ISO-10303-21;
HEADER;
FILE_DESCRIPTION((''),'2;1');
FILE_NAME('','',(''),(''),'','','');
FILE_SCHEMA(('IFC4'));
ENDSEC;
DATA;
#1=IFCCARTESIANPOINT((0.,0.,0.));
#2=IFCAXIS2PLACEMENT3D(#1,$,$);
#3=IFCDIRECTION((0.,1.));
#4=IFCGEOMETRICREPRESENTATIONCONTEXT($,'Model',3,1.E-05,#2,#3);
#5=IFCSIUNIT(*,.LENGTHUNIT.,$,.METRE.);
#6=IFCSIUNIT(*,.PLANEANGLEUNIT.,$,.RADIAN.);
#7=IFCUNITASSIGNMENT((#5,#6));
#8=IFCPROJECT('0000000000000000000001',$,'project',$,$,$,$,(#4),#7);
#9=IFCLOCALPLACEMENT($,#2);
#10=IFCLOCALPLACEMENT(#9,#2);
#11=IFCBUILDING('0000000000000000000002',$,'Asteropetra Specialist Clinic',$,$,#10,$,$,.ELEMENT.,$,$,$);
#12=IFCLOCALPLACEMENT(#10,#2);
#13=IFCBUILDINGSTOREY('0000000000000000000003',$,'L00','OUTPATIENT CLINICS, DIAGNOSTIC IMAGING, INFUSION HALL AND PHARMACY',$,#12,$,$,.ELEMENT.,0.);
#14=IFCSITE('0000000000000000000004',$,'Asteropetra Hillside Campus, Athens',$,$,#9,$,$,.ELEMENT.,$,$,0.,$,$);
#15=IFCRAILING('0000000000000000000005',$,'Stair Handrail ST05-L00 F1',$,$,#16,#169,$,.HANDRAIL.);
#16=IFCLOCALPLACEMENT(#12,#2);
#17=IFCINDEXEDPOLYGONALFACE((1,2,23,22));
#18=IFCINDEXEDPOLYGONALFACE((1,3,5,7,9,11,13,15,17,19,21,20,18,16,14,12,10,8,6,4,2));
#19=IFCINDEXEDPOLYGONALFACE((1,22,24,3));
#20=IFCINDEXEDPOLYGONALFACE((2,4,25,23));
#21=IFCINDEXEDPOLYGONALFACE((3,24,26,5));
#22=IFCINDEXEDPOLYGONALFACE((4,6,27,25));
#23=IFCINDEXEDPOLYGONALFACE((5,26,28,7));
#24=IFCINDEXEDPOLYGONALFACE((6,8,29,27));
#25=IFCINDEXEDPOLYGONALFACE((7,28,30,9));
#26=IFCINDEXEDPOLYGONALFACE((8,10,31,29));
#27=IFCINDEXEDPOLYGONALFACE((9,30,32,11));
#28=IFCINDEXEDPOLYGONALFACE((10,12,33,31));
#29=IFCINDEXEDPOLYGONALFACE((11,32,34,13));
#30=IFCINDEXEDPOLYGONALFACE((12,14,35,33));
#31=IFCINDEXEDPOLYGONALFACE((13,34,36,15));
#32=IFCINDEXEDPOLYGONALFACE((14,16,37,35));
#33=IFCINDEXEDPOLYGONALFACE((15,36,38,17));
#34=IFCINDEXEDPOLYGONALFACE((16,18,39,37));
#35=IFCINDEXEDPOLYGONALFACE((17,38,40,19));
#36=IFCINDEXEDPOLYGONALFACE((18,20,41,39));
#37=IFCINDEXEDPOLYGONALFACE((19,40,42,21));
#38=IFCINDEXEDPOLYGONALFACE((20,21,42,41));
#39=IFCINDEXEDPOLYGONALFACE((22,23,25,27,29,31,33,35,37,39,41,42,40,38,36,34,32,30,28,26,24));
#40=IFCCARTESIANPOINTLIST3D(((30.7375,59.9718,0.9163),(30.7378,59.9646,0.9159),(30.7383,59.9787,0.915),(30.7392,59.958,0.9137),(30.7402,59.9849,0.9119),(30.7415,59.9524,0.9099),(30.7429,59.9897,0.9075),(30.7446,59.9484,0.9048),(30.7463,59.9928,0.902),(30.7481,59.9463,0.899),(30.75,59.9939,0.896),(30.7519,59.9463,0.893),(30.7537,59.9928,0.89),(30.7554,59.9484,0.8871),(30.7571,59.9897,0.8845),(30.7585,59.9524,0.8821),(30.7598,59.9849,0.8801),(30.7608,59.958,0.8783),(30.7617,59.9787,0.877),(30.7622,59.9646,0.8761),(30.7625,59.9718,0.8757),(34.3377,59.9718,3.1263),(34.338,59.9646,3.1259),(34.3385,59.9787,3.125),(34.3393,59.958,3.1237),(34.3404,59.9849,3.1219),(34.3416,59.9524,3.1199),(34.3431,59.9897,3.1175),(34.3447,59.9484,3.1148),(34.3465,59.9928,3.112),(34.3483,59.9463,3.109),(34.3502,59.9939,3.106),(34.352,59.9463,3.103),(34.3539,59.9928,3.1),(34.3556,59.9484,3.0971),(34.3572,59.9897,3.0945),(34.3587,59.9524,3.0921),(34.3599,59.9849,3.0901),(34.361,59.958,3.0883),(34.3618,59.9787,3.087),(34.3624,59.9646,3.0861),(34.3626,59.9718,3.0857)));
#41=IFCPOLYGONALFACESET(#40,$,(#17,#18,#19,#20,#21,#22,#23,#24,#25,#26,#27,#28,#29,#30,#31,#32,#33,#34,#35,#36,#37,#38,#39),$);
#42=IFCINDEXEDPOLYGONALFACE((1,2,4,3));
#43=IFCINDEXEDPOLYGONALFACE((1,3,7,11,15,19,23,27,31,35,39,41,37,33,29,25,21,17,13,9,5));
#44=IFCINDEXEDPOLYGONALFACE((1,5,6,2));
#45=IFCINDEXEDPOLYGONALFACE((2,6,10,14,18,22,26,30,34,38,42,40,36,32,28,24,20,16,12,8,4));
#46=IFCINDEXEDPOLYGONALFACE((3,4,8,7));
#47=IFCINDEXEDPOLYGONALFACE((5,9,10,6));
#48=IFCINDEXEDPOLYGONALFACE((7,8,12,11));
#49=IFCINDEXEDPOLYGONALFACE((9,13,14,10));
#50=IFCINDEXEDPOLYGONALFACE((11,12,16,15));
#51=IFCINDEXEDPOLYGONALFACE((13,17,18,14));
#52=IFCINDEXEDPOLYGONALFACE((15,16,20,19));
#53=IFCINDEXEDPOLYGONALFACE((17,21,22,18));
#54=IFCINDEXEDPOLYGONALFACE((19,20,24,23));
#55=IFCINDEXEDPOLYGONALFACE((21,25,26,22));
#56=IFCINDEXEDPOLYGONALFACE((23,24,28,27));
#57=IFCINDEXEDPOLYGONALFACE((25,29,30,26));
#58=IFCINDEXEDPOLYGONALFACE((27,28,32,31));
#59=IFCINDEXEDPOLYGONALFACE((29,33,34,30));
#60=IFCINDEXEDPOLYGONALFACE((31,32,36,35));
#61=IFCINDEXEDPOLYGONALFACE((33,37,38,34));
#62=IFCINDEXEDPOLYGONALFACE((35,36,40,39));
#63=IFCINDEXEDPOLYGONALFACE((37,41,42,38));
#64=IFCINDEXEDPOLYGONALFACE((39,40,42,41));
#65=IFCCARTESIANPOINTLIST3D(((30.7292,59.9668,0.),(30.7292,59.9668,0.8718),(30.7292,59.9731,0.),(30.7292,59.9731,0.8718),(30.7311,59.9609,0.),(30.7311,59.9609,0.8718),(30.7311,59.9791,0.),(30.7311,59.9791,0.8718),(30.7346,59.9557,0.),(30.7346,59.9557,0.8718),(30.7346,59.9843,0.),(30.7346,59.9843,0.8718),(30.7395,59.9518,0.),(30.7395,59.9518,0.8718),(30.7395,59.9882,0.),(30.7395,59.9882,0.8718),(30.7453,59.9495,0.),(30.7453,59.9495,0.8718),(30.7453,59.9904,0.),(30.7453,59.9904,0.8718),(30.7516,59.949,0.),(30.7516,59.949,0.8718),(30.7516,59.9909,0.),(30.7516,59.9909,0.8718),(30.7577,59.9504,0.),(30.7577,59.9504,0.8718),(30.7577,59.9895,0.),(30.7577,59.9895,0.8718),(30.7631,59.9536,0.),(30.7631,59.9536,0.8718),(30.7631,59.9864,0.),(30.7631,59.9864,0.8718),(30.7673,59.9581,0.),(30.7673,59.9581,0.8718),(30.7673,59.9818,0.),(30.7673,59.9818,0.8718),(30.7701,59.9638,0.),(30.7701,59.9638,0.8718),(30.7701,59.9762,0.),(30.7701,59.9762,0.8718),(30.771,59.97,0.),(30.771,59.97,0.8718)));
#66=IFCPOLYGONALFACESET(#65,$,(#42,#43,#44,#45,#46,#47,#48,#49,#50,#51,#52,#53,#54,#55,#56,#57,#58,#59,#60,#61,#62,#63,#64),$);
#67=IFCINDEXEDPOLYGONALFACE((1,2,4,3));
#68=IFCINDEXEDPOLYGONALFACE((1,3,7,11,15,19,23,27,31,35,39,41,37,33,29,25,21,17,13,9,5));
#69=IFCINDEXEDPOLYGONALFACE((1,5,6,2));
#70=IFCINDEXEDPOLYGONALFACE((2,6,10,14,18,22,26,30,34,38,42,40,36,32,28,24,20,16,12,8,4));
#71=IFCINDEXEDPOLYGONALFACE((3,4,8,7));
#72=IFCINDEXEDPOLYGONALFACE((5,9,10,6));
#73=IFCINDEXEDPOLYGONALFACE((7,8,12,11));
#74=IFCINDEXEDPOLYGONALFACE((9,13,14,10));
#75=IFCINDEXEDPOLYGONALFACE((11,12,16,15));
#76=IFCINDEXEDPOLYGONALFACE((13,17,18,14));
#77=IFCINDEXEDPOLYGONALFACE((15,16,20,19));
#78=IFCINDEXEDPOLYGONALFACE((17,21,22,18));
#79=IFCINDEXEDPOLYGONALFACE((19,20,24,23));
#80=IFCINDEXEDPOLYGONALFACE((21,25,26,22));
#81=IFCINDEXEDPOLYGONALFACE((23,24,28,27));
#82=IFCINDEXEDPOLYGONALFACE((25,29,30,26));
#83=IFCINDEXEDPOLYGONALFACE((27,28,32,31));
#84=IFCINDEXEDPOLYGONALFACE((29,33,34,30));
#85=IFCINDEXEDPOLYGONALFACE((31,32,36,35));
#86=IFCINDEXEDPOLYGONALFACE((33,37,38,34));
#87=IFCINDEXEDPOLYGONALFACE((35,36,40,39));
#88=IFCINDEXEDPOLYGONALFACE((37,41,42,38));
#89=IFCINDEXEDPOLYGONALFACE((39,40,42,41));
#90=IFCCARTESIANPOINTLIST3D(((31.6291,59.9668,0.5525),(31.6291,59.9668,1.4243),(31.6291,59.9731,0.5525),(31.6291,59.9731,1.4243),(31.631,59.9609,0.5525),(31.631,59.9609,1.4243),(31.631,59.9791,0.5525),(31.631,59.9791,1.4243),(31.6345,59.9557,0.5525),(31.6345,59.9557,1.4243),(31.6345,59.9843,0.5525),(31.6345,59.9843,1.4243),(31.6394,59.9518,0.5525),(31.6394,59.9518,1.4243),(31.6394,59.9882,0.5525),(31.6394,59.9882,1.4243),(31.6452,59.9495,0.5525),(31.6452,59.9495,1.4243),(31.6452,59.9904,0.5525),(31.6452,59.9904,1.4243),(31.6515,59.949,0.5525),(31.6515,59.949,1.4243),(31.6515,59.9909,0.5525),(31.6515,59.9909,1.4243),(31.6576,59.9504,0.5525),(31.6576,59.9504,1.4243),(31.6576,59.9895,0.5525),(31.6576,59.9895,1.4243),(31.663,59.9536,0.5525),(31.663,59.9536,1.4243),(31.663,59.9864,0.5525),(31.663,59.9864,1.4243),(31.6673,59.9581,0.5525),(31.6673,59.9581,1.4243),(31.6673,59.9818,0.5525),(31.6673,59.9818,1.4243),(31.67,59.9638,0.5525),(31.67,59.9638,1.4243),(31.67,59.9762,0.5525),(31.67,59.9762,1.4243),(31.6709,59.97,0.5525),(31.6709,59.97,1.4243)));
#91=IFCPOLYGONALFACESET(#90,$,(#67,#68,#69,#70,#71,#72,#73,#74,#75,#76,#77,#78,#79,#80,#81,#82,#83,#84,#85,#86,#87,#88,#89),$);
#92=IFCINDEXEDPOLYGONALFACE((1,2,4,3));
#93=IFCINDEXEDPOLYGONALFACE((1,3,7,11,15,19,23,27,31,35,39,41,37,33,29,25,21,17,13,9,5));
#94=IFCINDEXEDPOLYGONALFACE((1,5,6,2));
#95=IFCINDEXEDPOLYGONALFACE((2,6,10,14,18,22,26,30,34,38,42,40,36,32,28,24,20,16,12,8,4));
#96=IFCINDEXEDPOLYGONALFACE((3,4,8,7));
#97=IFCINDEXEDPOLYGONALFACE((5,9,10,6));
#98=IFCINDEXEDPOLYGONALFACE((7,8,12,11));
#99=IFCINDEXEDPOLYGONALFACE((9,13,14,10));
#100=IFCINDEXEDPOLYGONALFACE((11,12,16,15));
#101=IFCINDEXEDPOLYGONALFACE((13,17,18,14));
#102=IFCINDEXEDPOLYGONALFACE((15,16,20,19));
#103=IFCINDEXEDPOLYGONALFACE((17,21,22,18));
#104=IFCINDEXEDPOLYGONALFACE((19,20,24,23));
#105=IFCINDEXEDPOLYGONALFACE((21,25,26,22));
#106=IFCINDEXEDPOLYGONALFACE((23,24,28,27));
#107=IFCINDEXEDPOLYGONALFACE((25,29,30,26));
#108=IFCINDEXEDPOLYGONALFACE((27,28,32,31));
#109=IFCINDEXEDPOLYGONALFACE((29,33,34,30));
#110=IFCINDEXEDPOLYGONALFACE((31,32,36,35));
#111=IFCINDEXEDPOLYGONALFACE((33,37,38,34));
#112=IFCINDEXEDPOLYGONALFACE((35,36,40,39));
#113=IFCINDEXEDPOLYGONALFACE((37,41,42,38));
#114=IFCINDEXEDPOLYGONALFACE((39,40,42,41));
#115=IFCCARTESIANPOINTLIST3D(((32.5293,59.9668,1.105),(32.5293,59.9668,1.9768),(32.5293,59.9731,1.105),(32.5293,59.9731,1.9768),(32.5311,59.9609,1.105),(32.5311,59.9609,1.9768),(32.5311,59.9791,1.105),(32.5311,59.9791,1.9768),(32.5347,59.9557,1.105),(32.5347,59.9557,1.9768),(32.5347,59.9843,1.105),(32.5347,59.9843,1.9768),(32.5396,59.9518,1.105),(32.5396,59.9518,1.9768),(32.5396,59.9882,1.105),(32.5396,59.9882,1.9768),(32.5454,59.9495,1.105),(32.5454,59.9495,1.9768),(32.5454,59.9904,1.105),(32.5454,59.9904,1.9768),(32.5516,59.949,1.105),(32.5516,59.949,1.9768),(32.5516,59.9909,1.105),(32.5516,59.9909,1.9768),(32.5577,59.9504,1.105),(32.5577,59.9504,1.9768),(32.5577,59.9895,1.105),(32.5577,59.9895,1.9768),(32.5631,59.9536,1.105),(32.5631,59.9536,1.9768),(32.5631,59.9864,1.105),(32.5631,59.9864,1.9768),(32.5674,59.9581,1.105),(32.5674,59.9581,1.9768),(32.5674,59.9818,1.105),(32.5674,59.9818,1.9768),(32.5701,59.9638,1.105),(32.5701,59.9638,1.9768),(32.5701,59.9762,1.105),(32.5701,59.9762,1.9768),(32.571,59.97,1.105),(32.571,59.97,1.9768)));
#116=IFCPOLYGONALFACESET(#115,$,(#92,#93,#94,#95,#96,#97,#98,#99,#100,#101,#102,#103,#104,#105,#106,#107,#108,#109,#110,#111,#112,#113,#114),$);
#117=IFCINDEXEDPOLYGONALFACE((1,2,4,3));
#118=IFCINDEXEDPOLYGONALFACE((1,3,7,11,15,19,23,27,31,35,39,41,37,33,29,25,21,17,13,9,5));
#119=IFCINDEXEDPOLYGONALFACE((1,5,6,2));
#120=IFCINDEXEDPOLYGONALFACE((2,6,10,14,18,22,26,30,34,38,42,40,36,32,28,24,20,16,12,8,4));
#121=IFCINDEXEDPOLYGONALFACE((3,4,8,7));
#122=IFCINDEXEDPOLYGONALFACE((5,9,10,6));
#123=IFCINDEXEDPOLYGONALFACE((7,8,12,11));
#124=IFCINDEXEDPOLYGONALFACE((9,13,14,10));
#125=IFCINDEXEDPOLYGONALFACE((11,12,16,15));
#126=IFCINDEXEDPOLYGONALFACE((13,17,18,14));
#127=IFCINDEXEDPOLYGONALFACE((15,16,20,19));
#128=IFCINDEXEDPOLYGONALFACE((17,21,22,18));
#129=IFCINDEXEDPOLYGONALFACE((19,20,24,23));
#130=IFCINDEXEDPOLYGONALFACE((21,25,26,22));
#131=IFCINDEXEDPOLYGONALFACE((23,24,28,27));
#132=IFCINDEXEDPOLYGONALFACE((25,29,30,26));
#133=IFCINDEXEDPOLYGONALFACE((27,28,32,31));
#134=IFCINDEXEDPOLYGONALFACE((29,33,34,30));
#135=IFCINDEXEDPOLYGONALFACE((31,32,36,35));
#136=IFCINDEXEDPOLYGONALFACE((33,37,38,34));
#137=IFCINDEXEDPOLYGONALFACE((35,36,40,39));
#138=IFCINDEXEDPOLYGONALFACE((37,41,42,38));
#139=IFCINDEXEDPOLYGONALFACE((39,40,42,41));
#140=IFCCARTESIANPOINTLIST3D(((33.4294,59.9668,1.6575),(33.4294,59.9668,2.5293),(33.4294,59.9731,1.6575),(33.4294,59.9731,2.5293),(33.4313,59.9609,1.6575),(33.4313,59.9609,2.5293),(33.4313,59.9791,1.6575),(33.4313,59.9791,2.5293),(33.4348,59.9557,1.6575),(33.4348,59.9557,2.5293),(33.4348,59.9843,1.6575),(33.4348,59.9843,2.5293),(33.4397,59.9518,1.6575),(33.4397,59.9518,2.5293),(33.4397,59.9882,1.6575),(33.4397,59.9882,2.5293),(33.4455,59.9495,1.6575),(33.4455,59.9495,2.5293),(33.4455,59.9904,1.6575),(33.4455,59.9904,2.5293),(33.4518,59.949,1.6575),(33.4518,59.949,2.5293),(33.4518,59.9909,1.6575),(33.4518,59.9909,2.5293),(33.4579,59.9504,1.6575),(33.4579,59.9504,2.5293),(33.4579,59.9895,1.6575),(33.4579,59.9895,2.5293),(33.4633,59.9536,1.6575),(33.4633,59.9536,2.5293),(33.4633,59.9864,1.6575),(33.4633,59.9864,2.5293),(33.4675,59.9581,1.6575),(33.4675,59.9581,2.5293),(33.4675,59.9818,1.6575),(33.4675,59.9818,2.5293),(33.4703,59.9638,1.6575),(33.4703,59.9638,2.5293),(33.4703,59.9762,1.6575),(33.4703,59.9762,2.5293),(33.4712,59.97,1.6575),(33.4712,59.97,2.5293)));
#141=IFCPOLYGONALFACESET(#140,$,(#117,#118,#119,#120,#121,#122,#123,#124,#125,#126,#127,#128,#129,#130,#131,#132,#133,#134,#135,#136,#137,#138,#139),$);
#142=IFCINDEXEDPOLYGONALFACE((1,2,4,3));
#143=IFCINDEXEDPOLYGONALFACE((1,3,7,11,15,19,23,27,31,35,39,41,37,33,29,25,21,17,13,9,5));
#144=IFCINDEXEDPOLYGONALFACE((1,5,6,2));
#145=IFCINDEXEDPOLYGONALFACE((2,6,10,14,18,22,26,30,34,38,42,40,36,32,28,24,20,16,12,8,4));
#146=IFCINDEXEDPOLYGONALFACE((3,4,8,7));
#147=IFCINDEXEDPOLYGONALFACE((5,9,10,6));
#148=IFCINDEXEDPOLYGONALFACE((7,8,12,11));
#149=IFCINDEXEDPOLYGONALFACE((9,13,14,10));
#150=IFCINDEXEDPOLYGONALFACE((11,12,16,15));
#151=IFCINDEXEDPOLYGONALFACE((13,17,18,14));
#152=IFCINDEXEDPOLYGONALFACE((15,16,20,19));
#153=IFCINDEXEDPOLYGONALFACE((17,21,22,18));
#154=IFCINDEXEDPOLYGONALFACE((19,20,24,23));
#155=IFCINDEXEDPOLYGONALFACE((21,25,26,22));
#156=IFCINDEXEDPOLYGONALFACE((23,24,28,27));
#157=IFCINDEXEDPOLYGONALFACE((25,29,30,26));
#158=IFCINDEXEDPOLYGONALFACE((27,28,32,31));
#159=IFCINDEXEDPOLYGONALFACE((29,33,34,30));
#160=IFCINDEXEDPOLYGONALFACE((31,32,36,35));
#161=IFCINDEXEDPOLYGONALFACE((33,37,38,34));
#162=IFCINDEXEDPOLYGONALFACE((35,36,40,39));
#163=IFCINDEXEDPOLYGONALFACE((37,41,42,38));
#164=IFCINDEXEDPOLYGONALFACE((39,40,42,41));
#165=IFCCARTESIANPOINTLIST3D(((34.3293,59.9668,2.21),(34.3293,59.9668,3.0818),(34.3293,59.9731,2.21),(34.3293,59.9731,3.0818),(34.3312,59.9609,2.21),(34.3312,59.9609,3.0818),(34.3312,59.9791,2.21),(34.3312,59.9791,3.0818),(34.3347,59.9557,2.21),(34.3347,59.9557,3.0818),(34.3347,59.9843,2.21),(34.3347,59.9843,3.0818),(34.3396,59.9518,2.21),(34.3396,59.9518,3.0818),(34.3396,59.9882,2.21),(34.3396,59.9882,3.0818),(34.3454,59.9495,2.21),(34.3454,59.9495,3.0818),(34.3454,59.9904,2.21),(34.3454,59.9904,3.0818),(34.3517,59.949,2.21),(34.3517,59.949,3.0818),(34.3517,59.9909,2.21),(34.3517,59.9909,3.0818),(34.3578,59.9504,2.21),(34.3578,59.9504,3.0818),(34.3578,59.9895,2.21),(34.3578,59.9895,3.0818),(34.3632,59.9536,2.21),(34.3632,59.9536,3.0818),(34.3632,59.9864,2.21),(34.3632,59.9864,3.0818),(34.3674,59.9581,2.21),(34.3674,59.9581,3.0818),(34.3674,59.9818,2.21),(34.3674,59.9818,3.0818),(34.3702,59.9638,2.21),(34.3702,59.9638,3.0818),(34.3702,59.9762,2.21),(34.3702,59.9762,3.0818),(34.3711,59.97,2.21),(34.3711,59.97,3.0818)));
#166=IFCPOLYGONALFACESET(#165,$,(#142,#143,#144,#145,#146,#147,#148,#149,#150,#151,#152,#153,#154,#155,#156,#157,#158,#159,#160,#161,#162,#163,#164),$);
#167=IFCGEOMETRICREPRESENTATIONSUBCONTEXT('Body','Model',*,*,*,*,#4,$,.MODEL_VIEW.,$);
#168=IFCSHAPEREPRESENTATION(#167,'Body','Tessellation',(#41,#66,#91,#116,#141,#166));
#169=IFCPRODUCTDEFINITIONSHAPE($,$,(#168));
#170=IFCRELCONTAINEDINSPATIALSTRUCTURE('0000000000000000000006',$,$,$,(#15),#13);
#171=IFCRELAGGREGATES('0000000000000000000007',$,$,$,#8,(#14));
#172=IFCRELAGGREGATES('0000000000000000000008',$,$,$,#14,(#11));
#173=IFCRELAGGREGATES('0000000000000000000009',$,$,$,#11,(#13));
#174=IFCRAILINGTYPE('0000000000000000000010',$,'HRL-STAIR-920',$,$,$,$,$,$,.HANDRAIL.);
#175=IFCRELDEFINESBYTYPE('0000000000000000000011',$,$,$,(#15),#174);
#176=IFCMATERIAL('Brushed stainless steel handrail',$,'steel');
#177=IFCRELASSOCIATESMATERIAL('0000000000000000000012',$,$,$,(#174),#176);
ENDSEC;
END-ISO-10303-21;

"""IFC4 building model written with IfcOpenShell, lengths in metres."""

from ifc_helpers import new_model, si_unit, direction, frame, origin, origin_2d, place, context, subcontext, project, spatial, circle, extrude, material, type_object, element, save


model = new_model("IFC4")

# Units and contexts
model_context = context("Model", 3, precision=1e-05, world=origin(), true_north=direction((0.0, 1.0)))
body_context = subcontext(model_context, "Body", "Model", "MODEL_VIEW")
ifc_project = project(units=[si_unit("LENGTHUNIT", "METRE"), si_unit("PLANEANGLEUNIT", "RADIAN")], contexts=[model_context])

# Site, building, storey
site_placement = place(None, origin())
site = spatial("IfcSite", under=ifc_project, at=site_placement, Name="Asteropetra Hillside Campus, Athens", CompositionType="ELEMENT", RefElevation=0.0)
building_placement = place(site_placement, origin())
building = spatial("IfcBuilding", under=site, at=building_placement, Name="Asteropetra Specialist Clinic", CompositionType="ELEMENT")
storey_placement = place(building_placement, origin())
storey = spatial("IfcBuildingStorey", under=building, at=storey_placement, Name="L00", Description="OUTPATIENT CLINICS, DIAGNOSTIC IMAGING, INFUSION HALL AND PHARMACY", CompositionType="ELEMENT", Elevation=0.0)

# Railing
ifc_material_1 = material(Name="Brushed stainless steel handrail", Category="steel")
railing_type = type_object("IfcRailingType", Name="HRL-STAIR-920", PredefinedType="HANDRAIL", material=ifc_material_1)
railing_placement = place(storey_placement, frame((30.75, 59.97, 0.0)))
element("IfcRailing", 1, at=railing_placement, inside=storey, type_object=railing_type, Name="Stair Handrail ST05-L00 F1", PredefinedType="HANDRAIL", context=body_context, shape_type="SweptSolid", body=[
    extrude(circle(Radius=0.0239, at=origin_2d()), frame((0.0, 0.0, 0.896), z_axis=(0.852237, 0.0, 0.523156), x_axis=(0.0, 1.0, 0.0)), (0.0, 0.0, 1.0), 4.2244),
    extrude(circle(Radius=0.021, at=origin_2d()), origin(), (0.0, 0.0, 1.0), 0.8718),
    extrude(circle(Radius=0.021, at=origin_2d()), frame((0.8999, 0.0, 0.5525)), (0.0, 0.0, 1.0), 0.8718),
    extrude(circle(Radius=0.021, at=origin_2d()), frame((1.8, 0.0, 1.105)), (0.0, 0.0, 1.0), 0.8718),
    extrude(circle(Radius=0.021, at=origin_2d()), frame((2.7002, 0.0, 1.6575)), (0.0, 0.0, 1.0), 0.8718),
    extrude(circle(Radius=0.021, at=origin_2d()), frame((3.6001, 0.0, 2.21)), (0.0, 0.0, 1.0), 0.8718),
])

save(model, "model.ifc")
